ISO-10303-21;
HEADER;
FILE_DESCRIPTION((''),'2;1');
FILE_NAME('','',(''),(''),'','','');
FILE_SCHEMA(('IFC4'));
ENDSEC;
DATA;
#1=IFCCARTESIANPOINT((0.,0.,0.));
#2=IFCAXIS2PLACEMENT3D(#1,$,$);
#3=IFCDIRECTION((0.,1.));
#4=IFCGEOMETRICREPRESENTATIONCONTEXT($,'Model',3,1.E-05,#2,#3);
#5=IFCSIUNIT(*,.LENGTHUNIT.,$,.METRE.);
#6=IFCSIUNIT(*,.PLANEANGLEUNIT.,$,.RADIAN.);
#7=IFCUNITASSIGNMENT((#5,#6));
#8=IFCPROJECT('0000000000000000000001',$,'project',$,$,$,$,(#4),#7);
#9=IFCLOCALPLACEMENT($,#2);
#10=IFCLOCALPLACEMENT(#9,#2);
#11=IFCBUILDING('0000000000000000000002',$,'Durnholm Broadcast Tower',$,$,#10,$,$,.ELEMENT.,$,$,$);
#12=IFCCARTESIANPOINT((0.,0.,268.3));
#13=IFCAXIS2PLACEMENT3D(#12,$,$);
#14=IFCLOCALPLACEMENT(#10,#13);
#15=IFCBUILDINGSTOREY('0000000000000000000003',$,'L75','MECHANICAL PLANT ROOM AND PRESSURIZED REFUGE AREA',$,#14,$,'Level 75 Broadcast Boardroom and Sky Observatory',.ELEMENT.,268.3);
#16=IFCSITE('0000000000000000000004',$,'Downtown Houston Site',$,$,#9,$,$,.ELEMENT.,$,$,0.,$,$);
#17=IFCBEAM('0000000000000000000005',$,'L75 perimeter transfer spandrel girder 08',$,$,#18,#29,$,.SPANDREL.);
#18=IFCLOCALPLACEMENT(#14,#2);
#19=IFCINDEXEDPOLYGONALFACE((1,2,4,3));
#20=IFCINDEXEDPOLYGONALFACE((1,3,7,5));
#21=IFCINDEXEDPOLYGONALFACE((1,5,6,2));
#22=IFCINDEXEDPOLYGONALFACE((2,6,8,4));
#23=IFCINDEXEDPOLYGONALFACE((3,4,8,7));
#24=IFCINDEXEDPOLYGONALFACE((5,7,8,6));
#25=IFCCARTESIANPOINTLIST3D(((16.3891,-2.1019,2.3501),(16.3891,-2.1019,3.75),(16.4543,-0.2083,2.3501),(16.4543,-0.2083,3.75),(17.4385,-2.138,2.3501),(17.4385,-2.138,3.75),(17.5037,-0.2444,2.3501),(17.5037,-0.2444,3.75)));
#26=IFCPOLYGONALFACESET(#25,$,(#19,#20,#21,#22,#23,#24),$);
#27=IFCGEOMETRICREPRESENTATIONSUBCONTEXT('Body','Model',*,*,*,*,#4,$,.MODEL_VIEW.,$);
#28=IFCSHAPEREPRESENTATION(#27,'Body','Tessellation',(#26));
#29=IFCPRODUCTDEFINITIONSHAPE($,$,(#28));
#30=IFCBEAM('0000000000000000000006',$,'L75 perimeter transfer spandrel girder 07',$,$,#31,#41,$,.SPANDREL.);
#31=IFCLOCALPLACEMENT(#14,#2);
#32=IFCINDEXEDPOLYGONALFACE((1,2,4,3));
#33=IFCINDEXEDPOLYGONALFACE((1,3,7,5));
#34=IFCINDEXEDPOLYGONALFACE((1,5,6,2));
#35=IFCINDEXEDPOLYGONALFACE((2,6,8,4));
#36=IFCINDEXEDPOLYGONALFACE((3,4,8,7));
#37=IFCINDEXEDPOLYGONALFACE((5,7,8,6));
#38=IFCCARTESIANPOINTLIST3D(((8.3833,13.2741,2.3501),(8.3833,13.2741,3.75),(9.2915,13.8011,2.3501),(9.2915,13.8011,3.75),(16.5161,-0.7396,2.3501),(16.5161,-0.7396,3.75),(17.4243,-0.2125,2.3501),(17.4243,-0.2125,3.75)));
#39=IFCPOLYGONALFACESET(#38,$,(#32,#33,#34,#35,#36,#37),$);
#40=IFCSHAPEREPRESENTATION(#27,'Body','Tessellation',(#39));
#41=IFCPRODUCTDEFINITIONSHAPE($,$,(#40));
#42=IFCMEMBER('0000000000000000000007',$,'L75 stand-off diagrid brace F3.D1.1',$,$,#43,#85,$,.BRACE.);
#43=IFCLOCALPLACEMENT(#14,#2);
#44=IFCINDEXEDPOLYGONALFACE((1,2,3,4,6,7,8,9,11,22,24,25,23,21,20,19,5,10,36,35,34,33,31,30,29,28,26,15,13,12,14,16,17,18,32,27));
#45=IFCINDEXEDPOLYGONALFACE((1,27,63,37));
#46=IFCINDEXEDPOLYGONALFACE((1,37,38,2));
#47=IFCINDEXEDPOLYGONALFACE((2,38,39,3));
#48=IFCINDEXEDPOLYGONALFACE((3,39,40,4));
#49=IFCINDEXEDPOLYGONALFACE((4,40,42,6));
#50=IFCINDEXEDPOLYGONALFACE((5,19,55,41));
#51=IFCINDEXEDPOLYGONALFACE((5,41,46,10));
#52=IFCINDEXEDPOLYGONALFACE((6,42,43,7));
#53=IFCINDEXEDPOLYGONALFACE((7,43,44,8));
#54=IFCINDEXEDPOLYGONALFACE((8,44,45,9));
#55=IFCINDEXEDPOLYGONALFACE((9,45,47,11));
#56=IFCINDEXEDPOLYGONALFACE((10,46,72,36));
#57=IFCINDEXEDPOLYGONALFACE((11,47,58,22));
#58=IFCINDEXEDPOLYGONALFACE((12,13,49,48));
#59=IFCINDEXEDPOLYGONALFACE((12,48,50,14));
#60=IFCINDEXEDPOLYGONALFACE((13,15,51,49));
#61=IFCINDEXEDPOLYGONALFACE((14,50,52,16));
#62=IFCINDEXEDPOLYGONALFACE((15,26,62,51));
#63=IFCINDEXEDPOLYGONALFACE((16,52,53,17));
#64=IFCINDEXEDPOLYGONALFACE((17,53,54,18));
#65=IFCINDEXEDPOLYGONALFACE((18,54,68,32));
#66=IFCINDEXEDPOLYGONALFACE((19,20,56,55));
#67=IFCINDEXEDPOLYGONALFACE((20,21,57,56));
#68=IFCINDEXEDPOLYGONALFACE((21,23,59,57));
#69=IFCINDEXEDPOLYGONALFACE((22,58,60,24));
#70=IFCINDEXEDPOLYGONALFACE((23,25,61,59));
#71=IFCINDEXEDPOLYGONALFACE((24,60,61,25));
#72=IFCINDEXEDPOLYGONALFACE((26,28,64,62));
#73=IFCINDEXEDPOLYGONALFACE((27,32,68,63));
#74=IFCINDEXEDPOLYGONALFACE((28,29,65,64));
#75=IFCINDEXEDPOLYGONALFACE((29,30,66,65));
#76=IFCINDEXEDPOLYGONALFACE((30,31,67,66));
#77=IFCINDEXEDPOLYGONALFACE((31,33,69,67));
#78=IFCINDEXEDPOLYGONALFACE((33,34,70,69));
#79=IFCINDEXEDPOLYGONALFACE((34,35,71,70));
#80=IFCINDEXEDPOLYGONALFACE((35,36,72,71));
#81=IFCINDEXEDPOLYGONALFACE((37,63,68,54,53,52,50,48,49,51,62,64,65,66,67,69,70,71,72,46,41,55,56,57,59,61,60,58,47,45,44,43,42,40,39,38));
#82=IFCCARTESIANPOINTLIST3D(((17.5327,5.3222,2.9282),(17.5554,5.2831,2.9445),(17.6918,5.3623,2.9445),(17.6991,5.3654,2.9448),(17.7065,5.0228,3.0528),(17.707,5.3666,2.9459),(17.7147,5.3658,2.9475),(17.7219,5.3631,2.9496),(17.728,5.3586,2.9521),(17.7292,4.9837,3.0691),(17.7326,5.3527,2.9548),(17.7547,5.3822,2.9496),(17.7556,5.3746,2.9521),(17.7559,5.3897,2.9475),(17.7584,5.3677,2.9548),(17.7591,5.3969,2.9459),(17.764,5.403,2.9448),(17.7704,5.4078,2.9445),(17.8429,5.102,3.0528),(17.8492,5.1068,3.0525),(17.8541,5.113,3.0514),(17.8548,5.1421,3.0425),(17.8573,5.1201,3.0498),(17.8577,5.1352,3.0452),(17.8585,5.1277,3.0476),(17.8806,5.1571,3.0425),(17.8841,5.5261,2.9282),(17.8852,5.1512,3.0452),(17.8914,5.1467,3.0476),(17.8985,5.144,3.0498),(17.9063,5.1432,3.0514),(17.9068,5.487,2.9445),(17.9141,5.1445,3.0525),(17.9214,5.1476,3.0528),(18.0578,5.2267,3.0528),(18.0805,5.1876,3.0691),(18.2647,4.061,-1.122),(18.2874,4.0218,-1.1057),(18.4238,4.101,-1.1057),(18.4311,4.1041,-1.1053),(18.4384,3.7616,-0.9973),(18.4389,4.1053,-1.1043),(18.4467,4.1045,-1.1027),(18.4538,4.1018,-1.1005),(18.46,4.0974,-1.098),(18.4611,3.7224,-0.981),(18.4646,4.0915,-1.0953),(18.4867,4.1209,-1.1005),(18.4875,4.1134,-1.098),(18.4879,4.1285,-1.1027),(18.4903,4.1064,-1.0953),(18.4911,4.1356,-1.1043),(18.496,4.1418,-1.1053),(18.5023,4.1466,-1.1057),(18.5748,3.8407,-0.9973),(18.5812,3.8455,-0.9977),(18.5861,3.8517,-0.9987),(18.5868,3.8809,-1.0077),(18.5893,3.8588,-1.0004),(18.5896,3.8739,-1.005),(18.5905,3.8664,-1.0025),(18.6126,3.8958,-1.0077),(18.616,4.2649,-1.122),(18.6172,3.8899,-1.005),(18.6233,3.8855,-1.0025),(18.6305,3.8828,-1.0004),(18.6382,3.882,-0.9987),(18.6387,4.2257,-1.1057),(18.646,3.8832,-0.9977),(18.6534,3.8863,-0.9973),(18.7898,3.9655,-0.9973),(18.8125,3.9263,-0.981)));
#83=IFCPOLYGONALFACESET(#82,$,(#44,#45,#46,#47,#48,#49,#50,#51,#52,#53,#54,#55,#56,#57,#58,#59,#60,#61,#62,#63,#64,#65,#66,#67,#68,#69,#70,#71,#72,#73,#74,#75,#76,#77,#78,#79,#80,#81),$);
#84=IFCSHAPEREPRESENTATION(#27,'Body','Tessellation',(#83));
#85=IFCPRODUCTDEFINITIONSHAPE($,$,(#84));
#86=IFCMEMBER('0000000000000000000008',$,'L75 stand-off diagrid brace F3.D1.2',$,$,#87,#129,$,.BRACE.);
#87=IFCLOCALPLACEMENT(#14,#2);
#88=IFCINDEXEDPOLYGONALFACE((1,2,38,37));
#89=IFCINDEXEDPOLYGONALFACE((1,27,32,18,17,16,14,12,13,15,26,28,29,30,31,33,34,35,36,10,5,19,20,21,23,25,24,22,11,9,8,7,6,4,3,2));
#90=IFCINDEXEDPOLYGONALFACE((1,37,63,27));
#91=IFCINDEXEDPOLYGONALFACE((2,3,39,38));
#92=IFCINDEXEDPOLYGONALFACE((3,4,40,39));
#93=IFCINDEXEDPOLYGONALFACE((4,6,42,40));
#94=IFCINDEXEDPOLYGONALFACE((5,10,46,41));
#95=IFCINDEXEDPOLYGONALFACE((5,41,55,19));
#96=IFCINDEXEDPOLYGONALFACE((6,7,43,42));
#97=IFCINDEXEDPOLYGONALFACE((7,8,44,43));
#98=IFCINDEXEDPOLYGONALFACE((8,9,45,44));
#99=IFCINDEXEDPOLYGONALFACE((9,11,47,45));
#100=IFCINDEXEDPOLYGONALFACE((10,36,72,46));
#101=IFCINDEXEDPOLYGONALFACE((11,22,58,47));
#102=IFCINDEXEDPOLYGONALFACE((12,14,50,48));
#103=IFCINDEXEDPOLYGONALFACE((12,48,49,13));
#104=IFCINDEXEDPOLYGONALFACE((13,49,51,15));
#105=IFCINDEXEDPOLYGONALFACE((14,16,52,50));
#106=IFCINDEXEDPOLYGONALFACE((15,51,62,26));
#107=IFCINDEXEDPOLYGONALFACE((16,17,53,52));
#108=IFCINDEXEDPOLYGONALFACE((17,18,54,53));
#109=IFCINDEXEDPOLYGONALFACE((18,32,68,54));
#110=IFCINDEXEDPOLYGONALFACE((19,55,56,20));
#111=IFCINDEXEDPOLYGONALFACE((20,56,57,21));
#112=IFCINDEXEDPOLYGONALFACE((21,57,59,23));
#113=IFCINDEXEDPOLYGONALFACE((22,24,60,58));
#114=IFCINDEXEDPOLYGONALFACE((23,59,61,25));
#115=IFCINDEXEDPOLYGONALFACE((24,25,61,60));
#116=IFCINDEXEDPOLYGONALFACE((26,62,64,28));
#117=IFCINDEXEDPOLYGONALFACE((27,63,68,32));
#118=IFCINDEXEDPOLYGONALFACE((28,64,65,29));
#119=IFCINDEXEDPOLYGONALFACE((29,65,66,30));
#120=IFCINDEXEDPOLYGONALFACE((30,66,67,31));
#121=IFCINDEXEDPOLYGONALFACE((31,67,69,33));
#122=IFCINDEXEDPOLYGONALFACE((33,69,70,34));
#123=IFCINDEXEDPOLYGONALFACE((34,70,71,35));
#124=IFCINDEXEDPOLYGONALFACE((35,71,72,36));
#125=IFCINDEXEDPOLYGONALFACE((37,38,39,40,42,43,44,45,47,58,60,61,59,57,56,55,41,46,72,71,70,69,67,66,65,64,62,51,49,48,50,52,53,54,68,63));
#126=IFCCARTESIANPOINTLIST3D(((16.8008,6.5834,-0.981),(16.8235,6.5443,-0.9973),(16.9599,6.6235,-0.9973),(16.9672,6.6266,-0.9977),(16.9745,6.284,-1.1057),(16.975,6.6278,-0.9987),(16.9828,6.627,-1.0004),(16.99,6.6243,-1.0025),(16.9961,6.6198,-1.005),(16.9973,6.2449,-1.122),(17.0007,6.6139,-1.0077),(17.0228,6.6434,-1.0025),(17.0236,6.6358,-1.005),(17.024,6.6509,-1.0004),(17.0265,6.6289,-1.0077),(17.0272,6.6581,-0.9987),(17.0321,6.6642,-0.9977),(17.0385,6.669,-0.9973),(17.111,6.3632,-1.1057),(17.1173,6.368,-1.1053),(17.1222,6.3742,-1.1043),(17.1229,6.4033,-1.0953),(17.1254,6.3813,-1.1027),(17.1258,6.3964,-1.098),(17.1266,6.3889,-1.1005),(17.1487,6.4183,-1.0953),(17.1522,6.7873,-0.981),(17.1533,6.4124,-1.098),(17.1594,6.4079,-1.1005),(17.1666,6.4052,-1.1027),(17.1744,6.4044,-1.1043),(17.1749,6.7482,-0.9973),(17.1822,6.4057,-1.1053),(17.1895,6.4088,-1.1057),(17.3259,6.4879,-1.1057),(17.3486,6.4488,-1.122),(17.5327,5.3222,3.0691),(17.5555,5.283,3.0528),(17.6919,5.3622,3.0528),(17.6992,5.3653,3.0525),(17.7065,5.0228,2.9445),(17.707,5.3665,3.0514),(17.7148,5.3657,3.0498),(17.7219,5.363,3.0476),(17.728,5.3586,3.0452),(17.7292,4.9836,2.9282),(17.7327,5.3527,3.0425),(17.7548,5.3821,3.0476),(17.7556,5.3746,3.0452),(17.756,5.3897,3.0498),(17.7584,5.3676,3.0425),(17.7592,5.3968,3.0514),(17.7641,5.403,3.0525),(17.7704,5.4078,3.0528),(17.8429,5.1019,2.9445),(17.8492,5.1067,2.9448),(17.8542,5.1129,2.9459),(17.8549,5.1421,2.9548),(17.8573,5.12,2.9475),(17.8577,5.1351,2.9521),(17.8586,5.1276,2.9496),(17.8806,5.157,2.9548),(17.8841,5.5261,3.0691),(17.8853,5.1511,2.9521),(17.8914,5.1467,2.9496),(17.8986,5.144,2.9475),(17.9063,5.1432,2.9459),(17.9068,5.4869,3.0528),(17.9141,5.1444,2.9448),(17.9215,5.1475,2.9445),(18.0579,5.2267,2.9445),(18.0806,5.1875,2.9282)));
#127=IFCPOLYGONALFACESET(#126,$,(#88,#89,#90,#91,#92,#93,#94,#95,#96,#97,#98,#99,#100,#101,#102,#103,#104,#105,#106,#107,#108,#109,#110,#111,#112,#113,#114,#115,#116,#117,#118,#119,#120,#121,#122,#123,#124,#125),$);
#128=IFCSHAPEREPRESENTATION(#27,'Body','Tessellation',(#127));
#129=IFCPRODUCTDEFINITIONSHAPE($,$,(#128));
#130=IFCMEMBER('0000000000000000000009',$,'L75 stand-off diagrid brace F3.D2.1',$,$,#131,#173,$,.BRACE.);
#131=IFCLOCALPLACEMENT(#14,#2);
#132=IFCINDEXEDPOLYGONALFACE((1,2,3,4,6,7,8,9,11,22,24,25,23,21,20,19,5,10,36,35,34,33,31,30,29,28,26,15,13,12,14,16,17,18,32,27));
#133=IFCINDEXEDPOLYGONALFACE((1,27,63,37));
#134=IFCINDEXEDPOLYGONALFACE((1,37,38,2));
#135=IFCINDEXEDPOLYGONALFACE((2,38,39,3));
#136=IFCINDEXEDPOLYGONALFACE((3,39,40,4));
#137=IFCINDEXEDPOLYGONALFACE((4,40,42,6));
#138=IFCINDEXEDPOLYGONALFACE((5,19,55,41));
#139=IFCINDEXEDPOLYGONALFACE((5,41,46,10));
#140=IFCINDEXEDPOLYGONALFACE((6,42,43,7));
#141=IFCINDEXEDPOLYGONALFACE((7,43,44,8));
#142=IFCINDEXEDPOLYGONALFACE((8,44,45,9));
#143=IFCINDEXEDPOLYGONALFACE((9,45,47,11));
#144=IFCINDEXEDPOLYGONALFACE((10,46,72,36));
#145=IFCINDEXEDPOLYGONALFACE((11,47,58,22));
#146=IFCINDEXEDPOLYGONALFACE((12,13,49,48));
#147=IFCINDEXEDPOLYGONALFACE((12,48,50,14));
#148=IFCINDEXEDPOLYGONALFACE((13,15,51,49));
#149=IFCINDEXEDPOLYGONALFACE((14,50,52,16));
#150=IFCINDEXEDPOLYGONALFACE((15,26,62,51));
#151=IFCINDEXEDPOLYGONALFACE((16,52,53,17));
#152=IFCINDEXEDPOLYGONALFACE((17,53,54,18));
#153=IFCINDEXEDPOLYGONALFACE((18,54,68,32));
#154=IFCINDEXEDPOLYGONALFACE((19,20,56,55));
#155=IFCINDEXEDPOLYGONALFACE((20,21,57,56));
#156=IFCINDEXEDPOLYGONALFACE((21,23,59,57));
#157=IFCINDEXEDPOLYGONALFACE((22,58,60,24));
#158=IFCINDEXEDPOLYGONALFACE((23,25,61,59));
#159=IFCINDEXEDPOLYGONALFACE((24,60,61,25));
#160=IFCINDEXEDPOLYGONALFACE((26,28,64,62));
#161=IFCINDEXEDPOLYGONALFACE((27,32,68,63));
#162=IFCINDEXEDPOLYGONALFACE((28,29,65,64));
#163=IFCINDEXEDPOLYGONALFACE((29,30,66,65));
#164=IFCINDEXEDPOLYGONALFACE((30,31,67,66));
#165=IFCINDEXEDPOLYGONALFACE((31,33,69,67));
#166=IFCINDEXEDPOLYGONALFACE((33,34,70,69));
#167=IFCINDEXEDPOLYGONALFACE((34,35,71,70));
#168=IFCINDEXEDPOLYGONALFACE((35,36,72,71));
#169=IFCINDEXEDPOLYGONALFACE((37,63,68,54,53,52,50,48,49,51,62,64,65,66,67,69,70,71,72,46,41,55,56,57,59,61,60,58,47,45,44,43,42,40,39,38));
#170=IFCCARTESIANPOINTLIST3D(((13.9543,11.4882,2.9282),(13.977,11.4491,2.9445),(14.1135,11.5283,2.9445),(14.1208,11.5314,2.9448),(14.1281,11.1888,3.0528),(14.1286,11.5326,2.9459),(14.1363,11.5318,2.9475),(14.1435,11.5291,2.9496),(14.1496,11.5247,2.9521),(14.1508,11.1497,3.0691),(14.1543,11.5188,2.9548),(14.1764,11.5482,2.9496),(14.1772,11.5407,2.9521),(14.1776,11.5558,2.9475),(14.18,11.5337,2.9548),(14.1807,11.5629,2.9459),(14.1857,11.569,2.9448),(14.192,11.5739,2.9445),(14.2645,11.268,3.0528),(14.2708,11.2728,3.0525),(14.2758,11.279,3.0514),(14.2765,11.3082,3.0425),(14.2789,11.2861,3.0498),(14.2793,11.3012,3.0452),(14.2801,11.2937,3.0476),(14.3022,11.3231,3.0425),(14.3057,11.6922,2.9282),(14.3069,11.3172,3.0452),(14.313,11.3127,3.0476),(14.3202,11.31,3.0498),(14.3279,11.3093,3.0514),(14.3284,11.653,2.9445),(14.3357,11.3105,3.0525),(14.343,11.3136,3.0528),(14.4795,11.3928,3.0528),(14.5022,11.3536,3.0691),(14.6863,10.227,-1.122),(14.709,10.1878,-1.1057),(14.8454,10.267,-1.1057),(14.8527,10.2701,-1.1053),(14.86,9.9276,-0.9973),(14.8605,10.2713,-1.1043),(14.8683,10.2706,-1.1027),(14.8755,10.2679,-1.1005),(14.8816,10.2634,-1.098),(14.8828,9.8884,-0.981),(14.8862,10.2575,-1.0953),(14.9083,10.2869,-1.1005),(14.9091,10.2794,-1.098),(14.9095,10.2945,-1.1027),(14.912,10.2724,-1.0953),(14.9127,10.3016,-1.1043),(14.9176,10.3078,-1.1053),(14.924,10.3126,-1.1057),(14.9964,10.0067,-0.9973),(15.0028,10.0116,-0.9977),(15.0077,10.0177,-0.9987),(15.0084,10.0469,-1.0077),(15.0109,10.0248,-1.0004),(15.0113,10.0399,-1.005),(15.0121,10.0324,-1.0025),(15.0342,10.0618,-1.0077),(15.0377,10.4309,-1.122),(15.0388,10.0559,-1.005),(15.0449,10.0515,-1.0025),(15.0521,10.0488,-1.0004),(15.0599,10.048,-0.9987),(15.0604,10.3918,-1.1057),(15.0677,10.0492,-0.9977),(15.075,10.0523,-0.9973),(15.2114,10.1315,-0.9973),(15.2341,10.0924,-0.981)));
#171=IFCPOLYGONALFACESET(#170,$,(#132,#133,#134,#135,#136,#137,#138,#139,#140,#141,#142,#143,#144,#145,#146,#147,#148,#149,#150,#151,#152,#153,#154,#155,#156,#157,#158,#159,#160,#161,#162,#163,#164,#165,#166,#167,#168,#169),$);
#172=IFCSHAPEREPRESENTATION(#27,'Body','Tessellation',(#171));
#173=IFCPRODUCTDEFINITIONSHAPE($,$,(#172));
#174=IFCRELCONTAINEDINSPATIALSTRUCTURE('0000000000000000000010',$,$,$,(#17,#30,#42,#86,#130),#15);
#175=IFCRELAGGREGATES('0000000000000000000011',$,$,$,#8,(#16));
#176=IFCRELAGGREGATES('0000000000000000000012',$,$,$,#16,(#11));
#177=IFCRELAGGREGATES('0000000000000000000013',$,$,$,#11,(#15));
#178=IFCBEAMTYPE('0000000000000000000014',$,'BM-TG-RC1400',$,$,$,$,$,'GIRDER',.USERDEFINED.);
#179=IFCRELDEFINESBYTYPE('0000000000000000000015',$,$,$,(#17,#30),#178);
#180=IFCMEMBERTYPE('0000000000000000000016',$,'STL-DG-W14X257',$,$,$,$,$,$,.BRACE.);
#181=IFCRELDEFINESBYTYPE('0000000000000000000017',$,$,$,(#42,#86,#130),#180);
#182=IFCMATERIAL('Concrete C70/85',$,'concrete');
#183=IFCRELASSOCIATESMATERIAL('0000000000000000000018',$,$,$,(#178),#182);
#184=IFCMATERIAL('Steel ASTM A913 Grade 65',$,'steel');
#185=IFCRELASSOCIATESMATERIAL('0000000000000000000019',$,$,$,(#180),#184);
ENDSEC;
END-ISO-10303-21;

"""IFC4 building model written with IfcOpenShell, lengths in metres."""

from ifc_helpers import new_model, si_unit, direction, frame, origin, origin_2d, place, context, subcontext, project, spatial, rectangle, i_section, extrude, source, transform, mapped, material, material_profile, profile_set, type_object, type_shapes, element, save


model = new_model("IFC4")

# Units and contexts
model_context = context("Model", 3, precision=1e-05, world=origin(), true_north=direction((0.0, 1.0)))
body_context = subcontext(model_context, "Body", "Model", "MODEL_VIEW")
ifc_project = project(units=[si_unit("LENGTHUNIT", "METRE"), si_unit("PLANEANGLEUNIT", "RADIAN")], contexts=[model_context])

# Site, building, storey
site_placement = place(None, origin())
site = spatial("IfcSite", under=ifc_project, at=site_placement, Name="Downtown Houston Site", CompositionType="ELEMENT", RefElevation=0.0)
building_placement = place(site_placement, origin())
building = spatial("IfcBuilding", under=site, at=building_placement, Name="Durnholm Broadcast Tower", CompositionType="ELEMENT")
storey_placement = place(building_placement, frame((0.0, 0.0, 268.3)))
storey = spatial("IfcBuildingStorey", under=building, at=storey_placement, Name="L75", Description="MECHANICAL PLANT ROOM AND PRESSURIZED REFUGE AREA", LongName="Level 75 Broadcast Boardroom and Sky Observatory", CompositionType="ELEMENT", Elevation=268.3)

# Shared definitions
ifc_material_1 = material(Name="Concrete C70/85", Category="concrete")

# Beams
ifc_material_profile_1 = material_profile(ifc_material_1, rectangle(XDim=1.05, YDim=1.3999, at=origin_2d()), Name="RC1050X1400")
ifc_profile_set_1 = profile_set([ifc_material_profile_1], Name="Concrete C70/85")
beam_type_1 = type_object("IfcBeamType", Name="BM-TG-RC1400", ElementType="GIRDER", PredefinedType="USERDEFINED", material=ifc_profile_set_1)
shared_shape_1 = source(origin(), body_context, "Body", "SweptSolid", [
    extrude(rectangle(XDim=1.05, YDim=1.3999, at=origin_2d()), origin(), (0.0, 0.0, 1.0), 1.8948),
])
beam_1_placement = place(storey_placement, frame((16.979, -0.2263, 3.05), z_axis=(-0.034405, -0.999408, 0.0), x_axis=(0.999408, -0.034405, 0.0)))
element("IfcBeam", 1, at=beam_1_placement, inside=storey, type_object=beam_type_1, Name="L75 perimeter transfer spandrel girder 08", PredefinedType="SPANDREL", context=body_context, shape_type="MappedRepresentation", body=[
    mapped(shared_shape_1, transform((0.0, 0.0, 0.0), x_axis=(1.0, 0.0, 0.0), y_axis=(0.0, 1.0, 0.0), z_axis=(0.0, 0.0, 1.0), scale=1.0)),
])
shared_shape_2 = source(origin(), body_context, "Body", "SweptSolid", [
    extrude(rectangle(XDim=1.05, YDim=1.3999, at=origin_2d()), origin(), (0.0, 0.0, 1.0), 16.2026),
])
type_shapes(beam_type_1, [shared_shape_1, shared_shape_2])
beam_2_placement = place(storey_placement, frame((8.8374, 13.5376, 3.05), z_axis=(0.501944, -0.8649, 0.0), x_axis=(0.8649, 0.501944, 0.0)))
element("IfcBeam", 2, at=beam_2_placement, inside=storey, type_object=beam_type_1, Name="L75 perimeter transfer spandrel girder 07", PredefinedType="SPANDREL", context=body_context, shape_type="MappedRepresentation", body=[
    mapped(shared_shape_2, transform((0.0, 0.0, 0.0), x_axis=(1.0, 0.0, 0.0), y_axis=(0.0, 1.0, 0.0), z_axis=(0.0, 0.0, 1.0), scale=1.0)),
])

# Members
ifc_material_2 = material(Name="Steel ASTM A913 Grade 65", Category="steel")
ifc_material_profile_2 = material_profile(ifc_material_2, i_section(OverallWidth=0.4062, OverallDepth=0.416, WebThickness=0.0298, FlangeThickness=0.0481, FilletRadius=0.0305, at=origin_2d()), Name="W14X257")
ifc_profile_set_2 = profile_set([ifc_material_profile_2], Name="Steel ASTM A913 Grade 65")
member_type_1 = type_object("IfcMemberType", Name="STL-DG-W14X257", PredefinedType="BRACE", material=ifc_profile_set_2)
shared_shape_3 = source(origin(), body_context, "Body", "SweptSolid", [
    extrude(i_section(OverallWidth=0.4062, OverallDepth=0.416, WebThickness=0.0298, FlangeThickness=0.0481, FilletRadius=0.0305, at=origin_2d()), origin(), (0.0, 0.0, 1.0), 4.3047),
])
for number, where, z_axis, x_axis, name in (
    (3, (18.5386, 3.9937, -1.0515), (-0.170036, 0.292998, 0.940872), (-0.864906, -0.501934, 0.0), "L75 stand-off diagrid brace F3.D1.1"),
    (4, (17.0747, 6.5161, -1.0515), (0.170036, -0.292998, 0.940872), (0.864906, 0.501934, 0.0), "L75 stand-off diagrid brace F3.D1.2"),
    (5, (14.9602, 10.1597, -1.0515), (-0.170036, 0.292998, 0.940872), (-0.864906, -0.501934, 0.0), "L75 stand-off diagrid brace F3.D2.1"),
):
    element("IfcMember", number, at=place(storey_placement, frame(where, z_axis=z_axis, x_axis=x_axis)), inside=storey, type_object=member_type_1, Name=name, PredefinedType="BRACE", context=body_context, shape_type="MappedRepresentation", body=[
        mapped(shared_shape_3, transform((0.0, 0.0, 0.0), x_axis=(1.0, 0.0, 0.0), y_axis=(0.0, 1.0, 0.0), z_axis=(0.0, 0.0, 1.0), scale=1.0)),
    ])

save(model, "model.ifc")
